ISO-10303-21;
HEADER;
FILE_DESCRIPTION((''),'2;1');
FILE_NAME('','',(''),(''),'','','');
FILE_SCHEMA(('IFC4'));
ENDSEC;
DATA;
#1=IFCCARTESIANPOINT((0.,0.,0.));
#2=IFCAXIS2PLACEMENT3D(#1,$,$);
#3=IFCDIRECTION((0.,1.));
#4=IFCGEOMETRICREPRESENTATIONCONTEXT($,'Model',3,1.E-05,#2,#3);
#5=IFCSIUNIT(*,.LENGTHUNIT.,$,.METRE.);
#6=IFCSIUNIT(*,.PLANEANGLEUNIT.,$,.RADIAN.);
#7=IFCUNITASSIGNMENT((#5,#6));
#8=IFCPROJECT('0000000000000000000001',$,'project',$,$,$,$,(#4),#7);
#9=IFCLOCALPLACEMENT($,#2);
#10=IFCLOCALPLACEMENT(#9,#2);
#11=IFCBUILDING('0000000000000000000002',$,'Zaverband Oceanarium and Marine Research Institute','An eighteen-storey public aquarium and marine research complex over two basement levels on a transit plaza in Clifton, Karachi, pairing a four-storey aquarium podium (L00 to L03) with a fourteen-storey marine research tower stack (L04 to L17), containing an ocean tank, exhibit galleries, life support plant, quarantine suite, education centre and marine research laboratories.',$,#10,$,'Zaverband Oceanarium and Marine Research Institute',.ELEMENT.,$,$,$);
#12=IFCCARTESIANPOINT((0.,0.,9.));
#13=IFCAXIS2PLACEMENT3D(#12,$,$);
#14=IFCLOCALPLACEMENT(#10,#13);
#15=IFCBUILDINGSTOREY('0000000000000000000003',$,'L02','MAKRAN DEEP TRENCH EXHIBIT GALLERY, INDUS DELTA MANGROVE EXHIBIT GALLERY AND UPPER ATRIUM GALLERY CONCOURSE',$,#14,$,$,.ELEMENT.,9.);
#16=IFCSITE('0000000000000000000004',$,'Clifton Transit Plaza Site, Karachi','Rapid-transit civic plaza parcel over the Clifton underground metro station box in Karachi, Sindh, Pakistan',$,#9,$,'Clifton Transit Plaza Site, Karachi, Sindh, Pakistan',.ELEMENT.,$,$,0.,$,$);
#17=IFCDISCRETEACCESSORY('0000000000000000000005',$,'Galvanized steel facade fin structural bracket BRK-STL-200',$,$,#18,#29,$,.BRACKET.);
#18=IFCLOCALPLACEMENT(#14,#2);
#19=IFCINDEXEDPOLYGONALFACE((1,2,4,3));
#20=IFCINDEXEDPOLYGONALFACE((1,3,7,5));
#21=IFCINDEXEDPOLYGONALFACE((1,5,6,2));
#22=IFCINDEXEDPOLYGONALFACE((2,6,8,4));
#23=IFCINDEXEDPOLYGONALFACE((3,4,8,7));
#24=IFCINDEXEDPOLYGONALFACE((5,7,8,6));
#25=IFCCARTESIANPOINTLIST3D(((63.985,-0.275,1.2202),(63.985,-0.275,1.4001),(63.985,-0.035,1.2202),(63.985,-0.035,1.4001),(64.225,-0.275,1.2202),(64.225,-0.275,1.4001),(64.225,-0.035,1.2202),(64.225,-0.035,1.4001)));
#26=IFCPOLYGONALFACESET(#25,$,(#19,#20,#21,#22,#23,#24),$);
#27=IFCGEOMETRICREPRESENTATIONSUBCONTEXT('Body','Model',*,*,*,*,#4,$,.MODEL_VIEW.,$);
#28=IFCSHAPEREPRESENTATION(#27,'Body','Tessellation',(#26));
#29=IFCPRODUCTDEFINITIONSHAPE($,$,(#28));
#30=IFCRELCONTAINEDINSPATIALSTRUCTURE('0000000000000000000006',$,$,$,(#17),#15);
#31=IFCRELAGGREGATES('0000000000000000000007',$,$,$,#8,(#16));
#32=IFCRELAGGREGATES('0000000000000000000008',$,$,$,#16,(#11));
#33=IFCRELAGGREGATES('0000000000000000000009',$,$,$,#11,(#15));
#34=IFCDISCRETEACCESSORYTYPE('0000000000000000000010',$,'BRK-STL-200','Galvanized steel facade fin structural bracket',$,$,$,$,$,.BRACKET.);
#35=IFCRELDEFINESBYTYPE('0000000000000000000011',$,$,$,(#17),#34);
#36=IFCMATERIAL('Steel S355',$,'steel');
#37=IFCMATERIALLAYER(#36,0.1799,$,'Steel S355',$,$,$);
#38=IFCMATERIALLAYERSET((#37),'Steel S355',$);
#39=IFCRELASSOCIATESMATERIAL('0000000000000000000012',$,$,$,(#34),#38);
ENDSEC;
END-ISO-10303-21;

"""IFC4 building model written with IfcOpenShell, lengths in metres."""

from ifc_helpers import new_model, si_unit, direction, frame, origin, origin_2d, place, context, subcontext, project, spatial, rectangle, extrude, material, layer, layer_set, type_object, element, save


model = new_model("IFC4")

# Units and contexts
model_context = context("Model", 3, precision=1e-05, world=origin(), true_north=direction((0.0, 1.0)))
body_context = subcontext(model_context, "Body", "Model", "MODEL_VIEW")
ifc_project = project(units=[si_unit("LENGTHUNIT", "METRE"), si_unit("PLANEANGLEUNIT", "RADIAN")], contexts=[model_context])

# Site, building, storey
site_placement = place(None, origin())
site = spatial("IfcSite", under=ifc_project, at=site_placement, Name="Clifton Transit Plaza Site, Karachi", Description="Rapid-transit civic plaza parcel over the Clifton underground metro station box in Karachi, Sindh, Pakistan", LongName="Clifton Transit Plaza Site, Karachi, Sindh, Pakistan", CompositionType="ELEMENT", RefElevation=0.0)
building_placement = place(site_placement, origin())
building = spatial("IfcBuilding", under=site, at=building_placement, Name="Zaverband Oceanarium and Marine Research Institute", Description="An eighteen-storey public aquarium and marine research complex over two basement levels on a transit plaza in Clifton, Karachi, pairing a four-storey aquarium podium (L00 to L03) with a fourteen-storey marine research tower stack (L04 to L17), containing an ocean tank, exhibit galleries, life support plant, quarantine suite, education centre and marine research laboratories.", LongName="Zaverband Oceanarium and Marine Research Institute", CompositionType="ELEMENT")
storey_placement = place(building_placement, frame((0.0, 0.0, 9.0)))
storey = spatial("IfcBuildingStorey", under=building, at=storey_placement, Name="L02", Description="MAKRAN DEEP TRENCH EXHIBIT GALLERY, INDUS DELTA MANGROVE EXHIBIT GALLERY AND UPPER ATRIUM GALLERY CONCOURSE", CompositionType="ELEMENT", Elevation=9.0)

# Discrete accessory
ifc_material_1 = material(Name="Steel S355", Category="steel")
ifc_layer_1 = layer(ifc_material_1, 0.1799, Name="Steel S355")
ifc_layer_set_1 = layer_set([ifc_layer_1], Name="Steel S355")
discrete_accessory_type = type_object("IfcDiscreteAccessoryType", Name="BRK-STL-200", Description="Galvanized steel facade fin structural bracket", PredefinedType="BRACKET", material=ifc_layer_set_1)
discrete_accessory_placement = place(storey_placement, frame((64.105, -0.155, 1.2202), z_axis=(0.0, 0.0, 1.0), x_axis=(1.0, 0.0, 0.0)))
element("IfcDiscreteAccessory", 1, at=discrete_accessory_placement, inside=storey, type_object=discrete_accessory_type, Name="Galvanized steel facade fin structural bracket BRK-STL-200", PredefinedType="BRACKET", context=body_context, shape_type="SweptSolid", body=[
    extrude(rectangle(XDim=0.24, YDim=0.24, at=origin_2d()), origin(), (0.0, 0.0, 1.0), 0.1799),
])

save(model, "model.ifc")
